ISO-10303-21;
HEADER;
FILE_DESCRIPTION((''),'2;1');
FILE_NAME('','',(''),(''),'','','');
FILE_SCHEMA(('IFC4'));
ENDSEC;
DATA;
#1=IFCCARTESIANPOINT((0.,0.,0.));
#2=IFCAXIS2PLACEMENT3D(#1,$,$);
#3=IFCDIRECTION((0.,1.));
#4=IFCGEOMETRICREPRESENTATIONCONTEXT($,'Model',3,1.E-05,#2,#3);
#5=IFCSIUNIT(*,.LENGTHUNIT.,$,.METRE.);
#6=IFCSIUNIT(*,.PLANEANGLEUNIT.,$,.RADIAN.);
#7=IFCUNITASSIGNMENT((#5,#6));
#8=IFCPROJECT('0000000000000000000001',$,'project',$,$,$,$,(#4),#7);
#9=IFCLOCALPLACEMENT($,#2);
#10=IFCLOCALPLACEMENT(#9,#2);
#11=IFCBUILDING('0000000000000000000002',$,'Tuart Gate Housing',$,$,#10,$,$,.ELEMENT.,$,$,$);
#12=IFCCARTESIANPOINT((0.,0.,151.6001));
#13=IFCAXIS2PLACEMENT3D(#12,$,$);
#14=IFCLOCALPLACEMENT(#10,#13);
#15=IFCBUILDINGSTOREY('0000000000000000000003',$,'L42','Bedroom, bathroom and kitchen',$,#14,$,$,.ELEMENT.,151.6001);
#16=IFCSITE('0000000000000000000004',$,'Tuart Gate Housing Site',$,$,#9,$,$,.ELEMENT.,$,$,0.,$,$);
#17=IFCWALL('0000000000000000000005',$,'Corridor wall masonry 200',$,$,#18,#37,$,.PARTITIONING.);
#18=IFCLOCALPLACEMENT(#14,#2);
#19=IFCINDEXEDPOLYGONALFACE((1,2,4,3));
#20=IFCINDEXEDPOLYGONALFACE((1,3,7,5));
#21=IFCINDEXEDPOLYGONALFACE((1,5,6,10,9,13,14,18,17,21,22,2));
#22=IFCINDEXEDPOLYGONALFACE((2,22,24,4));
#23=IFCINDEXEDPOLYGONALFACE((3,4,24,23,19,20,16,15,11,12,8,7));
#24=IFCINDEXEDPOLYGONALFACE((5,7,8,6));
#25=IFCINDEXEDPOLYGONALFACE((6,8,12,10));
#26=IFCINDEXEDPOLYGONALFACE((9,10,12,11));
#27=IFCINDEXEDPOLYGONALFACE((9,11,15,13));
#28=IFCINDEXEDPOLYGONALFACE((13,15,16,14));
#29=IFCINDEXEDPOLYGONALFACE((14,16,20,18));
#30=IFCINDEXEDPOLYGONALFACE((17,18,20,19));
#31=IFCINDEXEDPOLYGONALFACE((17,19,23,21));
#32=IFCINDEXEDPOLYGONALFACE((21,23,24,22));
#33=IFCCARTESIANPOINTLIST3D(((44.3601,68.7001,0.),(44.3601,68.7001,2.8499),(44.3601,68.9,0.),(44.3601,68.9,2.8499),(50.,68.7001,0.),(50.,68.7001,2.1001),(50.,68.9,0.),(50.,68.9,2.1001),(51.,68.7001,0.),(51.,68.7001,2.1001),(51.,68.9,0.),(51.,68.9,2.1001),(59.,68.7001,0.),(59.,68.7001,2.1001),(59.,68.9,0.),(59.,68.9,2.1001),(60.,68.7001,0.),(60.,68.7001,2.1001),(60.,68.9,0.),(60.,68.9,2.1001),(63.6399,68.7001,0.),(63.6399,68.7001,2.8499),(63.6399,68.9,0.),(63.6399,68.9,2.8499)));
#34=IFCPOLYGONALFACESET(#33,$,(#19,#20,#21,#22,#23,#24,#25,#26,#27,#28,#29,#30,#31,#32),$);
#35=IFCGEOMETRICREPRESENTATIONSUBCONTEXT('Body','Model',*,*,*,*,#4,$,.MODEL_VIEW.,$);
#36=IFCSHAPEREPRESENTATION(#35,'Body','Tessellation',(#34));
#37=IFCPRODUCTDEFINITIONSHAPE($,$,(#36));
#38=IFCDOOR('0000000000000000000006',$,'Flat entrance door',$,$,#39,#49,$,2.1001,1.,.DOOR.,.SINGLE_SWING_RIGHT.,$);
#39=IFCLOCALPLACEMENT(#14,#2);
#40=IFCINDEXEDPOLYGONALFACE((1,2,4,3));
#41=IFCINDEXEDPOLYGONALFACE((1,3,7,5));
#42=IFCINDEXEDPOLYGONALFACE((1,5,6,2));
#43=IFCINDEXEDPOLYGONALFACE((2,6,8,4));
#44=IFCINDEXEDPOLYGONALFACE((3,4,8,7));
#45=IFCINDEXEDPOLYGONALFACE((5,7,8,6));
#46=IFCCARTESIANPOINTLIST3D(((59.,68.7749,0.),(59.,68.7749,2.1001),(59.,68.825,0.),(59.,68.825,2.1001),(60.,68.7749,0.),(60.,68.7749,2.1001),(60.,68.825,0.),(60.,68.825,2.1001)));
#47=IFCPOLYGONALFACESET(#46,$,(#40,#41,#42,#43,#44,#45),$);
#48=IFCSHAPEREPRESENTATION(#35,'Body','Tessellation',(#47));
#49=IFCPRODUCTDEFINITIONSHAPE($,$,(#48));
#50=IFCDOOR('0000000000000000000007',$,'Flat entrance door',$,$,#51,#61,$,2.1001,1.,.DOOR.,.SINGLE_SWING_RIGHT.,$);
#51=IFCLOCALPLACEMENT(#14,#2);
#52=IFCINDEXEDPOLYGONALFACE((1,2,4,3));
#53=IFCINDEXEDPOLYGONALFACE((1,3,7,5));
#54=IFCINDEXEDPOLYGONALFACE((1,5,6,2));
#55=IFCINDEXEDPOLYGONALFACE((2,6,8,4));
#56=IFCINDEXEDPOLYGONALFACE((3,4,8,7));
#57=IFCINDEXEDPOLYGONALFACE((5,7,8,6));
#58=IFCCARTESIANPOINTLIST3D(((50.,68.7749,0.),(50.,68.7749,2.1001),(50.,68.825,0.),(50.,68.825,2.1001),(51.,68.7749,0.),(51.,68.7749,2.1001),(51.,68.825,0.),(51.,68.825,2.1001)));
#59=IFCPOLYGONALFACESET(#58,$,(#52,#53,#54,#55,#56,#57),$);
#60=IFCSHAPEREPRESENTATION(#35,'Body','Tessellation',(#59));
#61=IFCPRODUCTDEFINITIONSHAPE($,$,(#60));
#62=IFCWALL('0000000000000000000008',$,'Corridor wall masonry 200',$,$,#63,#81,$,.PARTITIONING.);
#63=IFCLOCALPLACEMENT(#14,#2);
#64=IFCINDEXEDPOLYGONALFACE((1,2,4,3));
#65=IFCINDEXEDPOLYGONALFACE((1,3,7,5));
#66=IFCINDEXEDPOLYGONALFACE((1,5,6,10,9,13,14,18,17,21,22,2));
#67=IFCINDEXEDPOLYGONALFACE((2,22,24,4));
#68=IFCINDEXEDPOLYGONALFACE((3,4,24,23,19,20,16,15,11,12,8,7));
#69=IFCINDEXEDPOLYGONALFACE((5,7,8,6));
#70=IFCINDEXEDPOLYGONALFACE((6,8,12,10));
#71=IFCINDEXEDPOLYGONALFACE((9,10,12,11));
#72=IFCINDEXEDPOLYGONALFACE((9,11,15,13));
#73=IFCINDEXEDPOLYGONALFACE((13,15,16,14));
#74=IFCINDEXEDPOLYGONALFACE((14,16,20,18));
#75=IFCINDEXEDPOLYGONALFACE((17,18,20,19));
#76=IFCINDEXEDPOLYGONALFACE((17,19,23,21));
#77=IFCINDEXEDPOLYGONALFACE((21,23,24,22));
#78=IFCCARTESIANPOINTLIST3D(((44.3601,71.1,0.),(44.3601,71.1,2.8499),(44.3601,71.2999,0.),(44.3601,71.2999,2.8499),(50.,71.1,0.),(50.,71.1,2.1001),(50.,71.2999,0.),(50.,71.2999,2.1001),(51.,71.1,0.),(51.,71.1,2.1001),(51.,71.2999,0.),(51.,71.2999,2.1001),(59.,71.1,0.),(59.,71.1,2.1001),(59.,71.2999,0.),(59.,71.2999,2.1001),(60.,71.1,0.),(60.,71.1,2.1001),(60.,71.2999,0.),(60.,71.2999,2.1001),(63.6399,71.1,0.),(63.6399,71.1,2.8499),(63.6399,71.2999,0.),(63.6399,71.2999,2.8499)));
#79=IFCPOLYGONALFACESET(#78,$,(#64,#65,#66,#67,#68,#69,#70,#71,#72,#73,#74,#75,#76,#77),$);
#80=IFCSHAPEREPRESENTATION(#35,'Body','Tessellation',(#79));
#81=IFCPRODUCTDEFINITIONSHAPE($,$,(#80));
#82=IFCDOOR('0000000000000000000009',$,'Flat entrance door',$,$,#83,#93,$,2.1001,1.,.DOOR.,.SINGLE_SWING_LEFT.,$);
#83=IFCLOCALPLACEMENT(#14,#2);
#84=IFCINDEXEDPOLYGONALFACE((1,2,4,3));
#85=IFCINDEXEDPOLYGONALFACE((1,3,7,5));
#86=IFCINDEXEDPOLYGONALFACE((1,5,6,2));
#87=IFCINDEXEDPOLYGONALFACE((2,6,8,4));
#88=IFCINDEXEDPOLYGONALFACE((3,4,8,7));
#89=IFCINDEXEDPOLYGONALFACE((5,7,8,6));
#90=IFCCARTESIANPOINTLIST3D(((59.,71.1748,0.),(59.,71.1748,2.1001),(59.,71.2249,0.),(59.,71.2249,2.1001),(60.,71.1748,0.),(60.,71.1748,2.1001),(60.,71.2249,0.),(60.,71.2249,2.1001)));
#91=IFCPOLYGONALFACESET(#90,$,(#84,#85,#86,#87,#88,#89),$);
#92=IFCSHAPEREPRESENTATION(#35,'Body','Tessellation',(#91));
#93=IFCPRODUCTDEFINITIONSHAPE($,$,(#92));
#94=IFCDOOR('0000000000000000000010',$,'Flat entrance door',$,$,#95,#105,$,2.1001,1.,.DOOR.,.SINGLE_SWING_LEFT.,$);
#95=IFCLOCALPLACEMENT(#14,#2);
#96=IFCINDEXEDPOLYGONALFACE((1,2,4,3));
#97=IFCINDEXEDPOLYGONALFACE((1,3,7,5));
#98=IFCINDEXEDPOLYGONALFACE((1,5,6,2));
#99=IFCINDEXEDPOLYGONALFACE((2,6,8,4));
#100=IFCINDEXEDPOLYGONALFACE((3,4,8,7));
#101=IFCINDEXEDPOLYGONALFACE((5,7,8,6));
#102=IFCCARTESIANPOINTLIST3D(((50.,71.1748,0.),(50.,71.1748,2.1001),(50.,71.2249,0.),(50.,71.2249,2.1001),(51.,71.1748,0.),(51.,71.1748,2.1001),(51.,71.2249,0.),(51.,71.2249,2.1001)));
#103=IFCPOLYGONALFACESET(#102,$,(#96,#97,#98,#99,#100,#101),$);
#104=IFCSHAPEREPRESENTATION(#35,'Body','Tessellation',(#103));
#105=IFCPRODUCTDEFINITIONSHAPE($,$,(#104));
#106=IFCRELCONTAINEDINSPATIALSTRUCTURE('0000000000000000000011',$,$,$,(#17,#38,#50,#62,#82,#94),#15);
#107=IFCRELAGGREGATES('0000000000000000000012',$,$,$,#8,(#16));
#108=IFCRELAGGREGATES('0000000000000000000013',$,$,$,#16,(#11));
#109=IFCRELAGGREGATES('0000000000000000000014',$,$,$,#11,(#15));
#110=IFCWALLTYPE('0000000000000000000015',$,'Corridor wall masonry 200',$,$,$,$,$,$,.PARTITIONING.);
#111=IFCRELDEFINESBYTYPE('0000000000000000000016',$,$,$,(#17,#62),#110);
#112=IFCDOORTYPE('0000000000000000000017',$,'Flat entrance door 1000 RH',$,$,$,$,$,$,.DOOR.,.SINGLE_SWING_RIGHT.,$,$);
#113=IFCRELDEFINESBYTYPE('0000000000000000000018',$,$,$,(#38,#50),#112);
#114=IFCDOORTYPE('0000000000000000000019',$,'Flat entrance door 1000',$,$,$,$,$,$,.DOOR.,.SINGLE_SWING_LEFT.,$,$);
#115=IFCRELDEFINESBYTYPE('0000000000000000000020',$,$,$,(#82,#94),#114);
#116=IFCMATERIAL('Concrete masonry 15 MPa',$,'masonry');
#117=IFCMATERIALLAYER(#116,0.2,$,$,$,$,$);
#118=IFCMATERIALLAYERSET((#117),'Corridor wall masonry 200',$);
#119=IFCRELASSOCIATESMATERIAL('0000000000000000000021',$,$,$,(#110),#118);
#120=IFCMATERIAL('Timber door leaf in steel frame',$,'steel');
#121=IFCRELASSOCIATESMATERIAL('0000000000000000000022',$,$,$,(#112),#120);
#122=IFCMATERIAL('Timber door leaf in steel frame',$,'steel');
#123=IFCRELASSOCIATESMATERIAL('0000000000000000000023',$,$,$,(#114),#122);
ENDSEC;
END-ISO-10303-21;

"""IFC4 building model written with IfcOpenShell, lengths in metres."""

from ifc_helpers import new_model, si_unit, direction, frame, frame_2d, origin, place, context, subcontext, project, spatial, rectangle, extrude, material, layer, layer_set, type_object, element, fill, save


model = new_model("IFC4")

# Units and contexts
model_context = context("Model", 3, precision=1e-05, world=origin(), true_north=direction((0.0, 1.0)))
body_context = subcontext(model_context, "Body", "Model", "MODEL_VIEW")
ifc_project = project(units=[si_unit("LENGTHUNIT", "METRE"), si_unit("PLANEANGLEUNIT", "RADIAN")], contexts=[model_context])

# Site, building, storey
site_placement = place(None, origin())
site = spatial("IfcSite", under=ifc_project, at=site_placement, Name="Tuart Gate Housing Site", CompositionType="ELEMENT", RefElevation=0.0)
building_placement = place(site_placement, origin())
building = spatial("IfcBuilding", under=site, at=building_placement, Name="Tuart Gate Housing", CompositionType="ELEMENT")
storey_placement = place(building_placement, frame((0.0, 0.0, 151.6001)))
storey = spatial("IfcBuildingStorey", under=building, at=storey_placement, Name="L42", Description="Bedroom, bathroom and kitchen", CompositionType="ELEMENT", Elevation=151.6001)

# Walls, openings, doors
ifc_material_1 = material(Name="Concrete masonry 15 MPa", Category="masonry")
ifc_layer_1 = layer(ifc_material_1, 0.2)
ifc_layer_set_1 = layer_set([ifc_layer_1], Name="Corridor wall masonry 200")
wall_type_1 = type_object("IfcWallType", Name="Corridor wall masonry 200", PredefinedType="PARTITIONING", material=ifc_layer_set_1)
wall_1_placement = place(storey_placement, frame((44.3601, 68.8, 0.0), z_axis=(0.0, 0.0, 1.0), x_axis=(1.0, 0.0, 0.0)))
wall_1 = element("IfcWall", 1, at=wall_1_placement, inside=storey, type_object=wall_type_1, Name="Corridor wall masonry 200", PredefinedType="PARTITIONING", context=body_context, shape_type="SweptSolid", body=[
    extrude(rectangle(XDim=19.2798, YDim=0.2, at=frame_2d((9.6399, 0.0))), origin(), (0.0, 0.0, 1.0), 2.8499),
])
opening_1_placement = place(wall_1_placement, frame((14.6399, 0.0, 0.0)))
opening_1 = element("IfcOpeningElement", 2, at=opening_1_placement, cuts=wall_1, PredefinedType="OPENING", context=body_context, shape_type="SweptSolid", body=[
    extrude(rectangle(XDim=1.0, YDim=2.1001, at=frame_2d((0.5, 1.05))), frame((0.0, 0.1099, 0.0), z_axis=(0.0, -1.0, 0.0), x_axis=(1.0, 0.0, 0.0)), (0.0, 0.0, 1.0), 0.22),
])
opening_2_placement = place(wall_1_placement, frame((5.6399, 0.0, 0.0)))
opening_2 = element("IfcOpeningElement", 3, at=opening_2_placement, cuts=wall_1, PredefinedType="OPENING", context=body_context, shape_type="SweptSolid", body=[
    extrude(rectangle(XDim=1.0, YDim=2.1001, at=frame_2d((0.5, 1.05))), frame((0.0, 0.1099, 0.0), z_axis=(0.0, -1.0, 0.0), x_axis=(1.0, 0.0, 0.0)), (0.0, 0.0, 1.0), 0.22),
])
ifc_material_2 = material(Name="Timber door leaf in steel frame", Category="steel")
door_type_1 = type_object("IfcDoorType", Name="Flat entrance door 1000 RH", OperationType="SINGLE_SWING_RIGHT", PredefinedType="DOOR", material=ifc_material_2)
door_1_placement = place(opening_1_placement, frame((1.0, 0.0, 0.0), z_axis=(0.0, 0.0, 1.0), x_axis=(-1.0, 0.0, 0.0)))
door_1 = element("IfcDoor", 4, at=door_1_placement, inside=storey, type_object=door_type_1, Name="Flat entrance door", OperationType="SINGLE_SWING_RIGHT", OverallHeight=2.1001, OverallWidth=1.0, PredefinedType="DOOR", context=body_context, shape_type="SweptSolid", body=[
    extrude(rectangle(XDim=1.0, YDim=2.1001, at=frame_2d((0.5, 1.05))), frame((0.0, 0.0251, 0.0), z_axis=(0.0, -1.0, 0.0), x_axis=(1.0, 0.0, 0.0)), (0.0, 0.0, 1.0), 0.05),
])
fill(opening_1, door_1)
door_2_placement = place(opening_2_placement, frame((1.0, 0.0, 0.0), z_axis=(0.0, 0.0, 1.0), x_axis=(-1.0, 0.0, 0.0)))
door_2 = element("IfcDoor", 5, at=door_2_placement, inside=storey, type_object=door_type_1, Name="Flat entrance door", OperationType="SINGLE_SWING_RIGHT", OverallHeight=2.1001, OverallWidth=1.0, PredefinedType="DOOR", context=body_context, shape_type="SweptSolid", body=[
    extrude(rectangle(XDim=1.0, YDim=2.1001, at=frame_2d((0.5, 1.05))), frame((0.0, 0.0251, 0.0), z_axis=(0.0, -1.0, 0.0), x_axis=(1.0, 0.0, 0.0)), (0.0, 0.0, 1.0), 0.05),
])
fill(opening_2, door_2)
wall_2_placement = place(storey_placement, frame((44.3601, 71.2, 0.0), z_axis=(0.0, 0.0, 1.0), x_axis=(1.0, 0.0, 0.0)))
wall_2 = element("IfcWall", 6, at=wall_2_placement, inside=storey, type_object=wall_type_1, Name="Corridor wall masonry 200", PredefinedType="PARTITIONING", context=body_context, shape_type="SweptSolid", body=[
    extrude(rectangle(XDim=19.2798, YDim=0.2, at=frame_2d((9.6399, 0.0))), origin(), (0.0, 0.0, 1.0), 2.8499),
])
opening_3_placement = place(wall_2_placement, frame((14.6399, 0.0, 0.0)))
opening_3 = element("IfcOpeningElement", 7, at=opening_3_placement, cuts=wall_2, PredefinedType="OPENING", context=body_context, shape_type="SweptSolid", body=[
    extrude(rectangle(XDim=1.0, YDim=2.1001, at=frame_2d((0.5, 1.05))), frame((0.0, 0.1099, 0.0), z_axis=(0.0, -1.0, 0.0), x_axis=(1.0, 0.0, 0.0)), (0.0, 0.0, 1.0), 0.22),
])
opening_4_placement = place(wall_2_placement, frame((5.6399, 0.0, 0.0)))
opening_4 = element("IfcOpeningElement", 8, at=opening_4_placement, cuts=wall_2, PredefinedType="OPENING", context=body_context, shape_type="SweptSolid", body=[
    extrude(rectangle(XDim=1.0, YDim=2.1001, at=frame_2d((0.5, 1.05))), frame((0.0, 0.1099, 0.0), z_axis=(0.0, -1.0, 0.0), x_axis=(1.0, 0.0, 0.0)), (0.0, 0.0, 1.0), 0.22),
])
ifc_material_3 = material(Name="Timber door leaf in steel frame", Category="steel")
door_type_2 = type_object("IfcDoorType", Name="Flat entrance door 1000", OperationType="SINGLE_SWING_LEFT", PredefinedType="DOOR", material=ifc_material_3)
door_3_placement = place(opening_3_placement, origin())
door_3 = element("IfcDoor", 9, at=door_3_placement, inside=storey, type_object=door_type_2, Name="Flat entrance door", OperationType="SINGLE_SWING_LEFT", OverallHeight=2.1001, OverallWidth=1.0, PredefinedType="DOOR", context=body_context, shape_type="SweptSolid", body=[
    extrude(rectangle(XDim=1.0, YDim=2.1001, at=frame_2d((0.5, 1.05))), frame((0.0, 0.0249, 0.0), z_axis=(0.0, -1.0, 0.0), x_axis=(1.0, 0.0, 0.0)), (0.0, 0.0, 1.0), 0.05),
])
fill(opening_3, door_3)
door_4_placement = place(opening_4_placement, origin())
door_4 = element("IfcDoor", 10, at=door_4_placement, inside=storey, type_object=door_type_2, Name="Flat entrance door", OperationType="SINGLE_SWING_LEFT", OverallHeight=2.1001, OverallWidth=1.0, PredefinedType="DOOR", context=body_context, shape_type="SweptSolid", body=[
    extrude(rectangle(XDim=1.0, YDim=2.1001, at=frame_2d((0.5, 1.05))), frame((0.0, 0.0249, 0.0), z_axis=(0.0, -1.0, 0.0), x_axis=(1.0, 0.0, 0.0)), (0.0, 0.0, 1.0), 0.05),
])
fill(opening_4, door_4)

save(model, "model.ifc")
